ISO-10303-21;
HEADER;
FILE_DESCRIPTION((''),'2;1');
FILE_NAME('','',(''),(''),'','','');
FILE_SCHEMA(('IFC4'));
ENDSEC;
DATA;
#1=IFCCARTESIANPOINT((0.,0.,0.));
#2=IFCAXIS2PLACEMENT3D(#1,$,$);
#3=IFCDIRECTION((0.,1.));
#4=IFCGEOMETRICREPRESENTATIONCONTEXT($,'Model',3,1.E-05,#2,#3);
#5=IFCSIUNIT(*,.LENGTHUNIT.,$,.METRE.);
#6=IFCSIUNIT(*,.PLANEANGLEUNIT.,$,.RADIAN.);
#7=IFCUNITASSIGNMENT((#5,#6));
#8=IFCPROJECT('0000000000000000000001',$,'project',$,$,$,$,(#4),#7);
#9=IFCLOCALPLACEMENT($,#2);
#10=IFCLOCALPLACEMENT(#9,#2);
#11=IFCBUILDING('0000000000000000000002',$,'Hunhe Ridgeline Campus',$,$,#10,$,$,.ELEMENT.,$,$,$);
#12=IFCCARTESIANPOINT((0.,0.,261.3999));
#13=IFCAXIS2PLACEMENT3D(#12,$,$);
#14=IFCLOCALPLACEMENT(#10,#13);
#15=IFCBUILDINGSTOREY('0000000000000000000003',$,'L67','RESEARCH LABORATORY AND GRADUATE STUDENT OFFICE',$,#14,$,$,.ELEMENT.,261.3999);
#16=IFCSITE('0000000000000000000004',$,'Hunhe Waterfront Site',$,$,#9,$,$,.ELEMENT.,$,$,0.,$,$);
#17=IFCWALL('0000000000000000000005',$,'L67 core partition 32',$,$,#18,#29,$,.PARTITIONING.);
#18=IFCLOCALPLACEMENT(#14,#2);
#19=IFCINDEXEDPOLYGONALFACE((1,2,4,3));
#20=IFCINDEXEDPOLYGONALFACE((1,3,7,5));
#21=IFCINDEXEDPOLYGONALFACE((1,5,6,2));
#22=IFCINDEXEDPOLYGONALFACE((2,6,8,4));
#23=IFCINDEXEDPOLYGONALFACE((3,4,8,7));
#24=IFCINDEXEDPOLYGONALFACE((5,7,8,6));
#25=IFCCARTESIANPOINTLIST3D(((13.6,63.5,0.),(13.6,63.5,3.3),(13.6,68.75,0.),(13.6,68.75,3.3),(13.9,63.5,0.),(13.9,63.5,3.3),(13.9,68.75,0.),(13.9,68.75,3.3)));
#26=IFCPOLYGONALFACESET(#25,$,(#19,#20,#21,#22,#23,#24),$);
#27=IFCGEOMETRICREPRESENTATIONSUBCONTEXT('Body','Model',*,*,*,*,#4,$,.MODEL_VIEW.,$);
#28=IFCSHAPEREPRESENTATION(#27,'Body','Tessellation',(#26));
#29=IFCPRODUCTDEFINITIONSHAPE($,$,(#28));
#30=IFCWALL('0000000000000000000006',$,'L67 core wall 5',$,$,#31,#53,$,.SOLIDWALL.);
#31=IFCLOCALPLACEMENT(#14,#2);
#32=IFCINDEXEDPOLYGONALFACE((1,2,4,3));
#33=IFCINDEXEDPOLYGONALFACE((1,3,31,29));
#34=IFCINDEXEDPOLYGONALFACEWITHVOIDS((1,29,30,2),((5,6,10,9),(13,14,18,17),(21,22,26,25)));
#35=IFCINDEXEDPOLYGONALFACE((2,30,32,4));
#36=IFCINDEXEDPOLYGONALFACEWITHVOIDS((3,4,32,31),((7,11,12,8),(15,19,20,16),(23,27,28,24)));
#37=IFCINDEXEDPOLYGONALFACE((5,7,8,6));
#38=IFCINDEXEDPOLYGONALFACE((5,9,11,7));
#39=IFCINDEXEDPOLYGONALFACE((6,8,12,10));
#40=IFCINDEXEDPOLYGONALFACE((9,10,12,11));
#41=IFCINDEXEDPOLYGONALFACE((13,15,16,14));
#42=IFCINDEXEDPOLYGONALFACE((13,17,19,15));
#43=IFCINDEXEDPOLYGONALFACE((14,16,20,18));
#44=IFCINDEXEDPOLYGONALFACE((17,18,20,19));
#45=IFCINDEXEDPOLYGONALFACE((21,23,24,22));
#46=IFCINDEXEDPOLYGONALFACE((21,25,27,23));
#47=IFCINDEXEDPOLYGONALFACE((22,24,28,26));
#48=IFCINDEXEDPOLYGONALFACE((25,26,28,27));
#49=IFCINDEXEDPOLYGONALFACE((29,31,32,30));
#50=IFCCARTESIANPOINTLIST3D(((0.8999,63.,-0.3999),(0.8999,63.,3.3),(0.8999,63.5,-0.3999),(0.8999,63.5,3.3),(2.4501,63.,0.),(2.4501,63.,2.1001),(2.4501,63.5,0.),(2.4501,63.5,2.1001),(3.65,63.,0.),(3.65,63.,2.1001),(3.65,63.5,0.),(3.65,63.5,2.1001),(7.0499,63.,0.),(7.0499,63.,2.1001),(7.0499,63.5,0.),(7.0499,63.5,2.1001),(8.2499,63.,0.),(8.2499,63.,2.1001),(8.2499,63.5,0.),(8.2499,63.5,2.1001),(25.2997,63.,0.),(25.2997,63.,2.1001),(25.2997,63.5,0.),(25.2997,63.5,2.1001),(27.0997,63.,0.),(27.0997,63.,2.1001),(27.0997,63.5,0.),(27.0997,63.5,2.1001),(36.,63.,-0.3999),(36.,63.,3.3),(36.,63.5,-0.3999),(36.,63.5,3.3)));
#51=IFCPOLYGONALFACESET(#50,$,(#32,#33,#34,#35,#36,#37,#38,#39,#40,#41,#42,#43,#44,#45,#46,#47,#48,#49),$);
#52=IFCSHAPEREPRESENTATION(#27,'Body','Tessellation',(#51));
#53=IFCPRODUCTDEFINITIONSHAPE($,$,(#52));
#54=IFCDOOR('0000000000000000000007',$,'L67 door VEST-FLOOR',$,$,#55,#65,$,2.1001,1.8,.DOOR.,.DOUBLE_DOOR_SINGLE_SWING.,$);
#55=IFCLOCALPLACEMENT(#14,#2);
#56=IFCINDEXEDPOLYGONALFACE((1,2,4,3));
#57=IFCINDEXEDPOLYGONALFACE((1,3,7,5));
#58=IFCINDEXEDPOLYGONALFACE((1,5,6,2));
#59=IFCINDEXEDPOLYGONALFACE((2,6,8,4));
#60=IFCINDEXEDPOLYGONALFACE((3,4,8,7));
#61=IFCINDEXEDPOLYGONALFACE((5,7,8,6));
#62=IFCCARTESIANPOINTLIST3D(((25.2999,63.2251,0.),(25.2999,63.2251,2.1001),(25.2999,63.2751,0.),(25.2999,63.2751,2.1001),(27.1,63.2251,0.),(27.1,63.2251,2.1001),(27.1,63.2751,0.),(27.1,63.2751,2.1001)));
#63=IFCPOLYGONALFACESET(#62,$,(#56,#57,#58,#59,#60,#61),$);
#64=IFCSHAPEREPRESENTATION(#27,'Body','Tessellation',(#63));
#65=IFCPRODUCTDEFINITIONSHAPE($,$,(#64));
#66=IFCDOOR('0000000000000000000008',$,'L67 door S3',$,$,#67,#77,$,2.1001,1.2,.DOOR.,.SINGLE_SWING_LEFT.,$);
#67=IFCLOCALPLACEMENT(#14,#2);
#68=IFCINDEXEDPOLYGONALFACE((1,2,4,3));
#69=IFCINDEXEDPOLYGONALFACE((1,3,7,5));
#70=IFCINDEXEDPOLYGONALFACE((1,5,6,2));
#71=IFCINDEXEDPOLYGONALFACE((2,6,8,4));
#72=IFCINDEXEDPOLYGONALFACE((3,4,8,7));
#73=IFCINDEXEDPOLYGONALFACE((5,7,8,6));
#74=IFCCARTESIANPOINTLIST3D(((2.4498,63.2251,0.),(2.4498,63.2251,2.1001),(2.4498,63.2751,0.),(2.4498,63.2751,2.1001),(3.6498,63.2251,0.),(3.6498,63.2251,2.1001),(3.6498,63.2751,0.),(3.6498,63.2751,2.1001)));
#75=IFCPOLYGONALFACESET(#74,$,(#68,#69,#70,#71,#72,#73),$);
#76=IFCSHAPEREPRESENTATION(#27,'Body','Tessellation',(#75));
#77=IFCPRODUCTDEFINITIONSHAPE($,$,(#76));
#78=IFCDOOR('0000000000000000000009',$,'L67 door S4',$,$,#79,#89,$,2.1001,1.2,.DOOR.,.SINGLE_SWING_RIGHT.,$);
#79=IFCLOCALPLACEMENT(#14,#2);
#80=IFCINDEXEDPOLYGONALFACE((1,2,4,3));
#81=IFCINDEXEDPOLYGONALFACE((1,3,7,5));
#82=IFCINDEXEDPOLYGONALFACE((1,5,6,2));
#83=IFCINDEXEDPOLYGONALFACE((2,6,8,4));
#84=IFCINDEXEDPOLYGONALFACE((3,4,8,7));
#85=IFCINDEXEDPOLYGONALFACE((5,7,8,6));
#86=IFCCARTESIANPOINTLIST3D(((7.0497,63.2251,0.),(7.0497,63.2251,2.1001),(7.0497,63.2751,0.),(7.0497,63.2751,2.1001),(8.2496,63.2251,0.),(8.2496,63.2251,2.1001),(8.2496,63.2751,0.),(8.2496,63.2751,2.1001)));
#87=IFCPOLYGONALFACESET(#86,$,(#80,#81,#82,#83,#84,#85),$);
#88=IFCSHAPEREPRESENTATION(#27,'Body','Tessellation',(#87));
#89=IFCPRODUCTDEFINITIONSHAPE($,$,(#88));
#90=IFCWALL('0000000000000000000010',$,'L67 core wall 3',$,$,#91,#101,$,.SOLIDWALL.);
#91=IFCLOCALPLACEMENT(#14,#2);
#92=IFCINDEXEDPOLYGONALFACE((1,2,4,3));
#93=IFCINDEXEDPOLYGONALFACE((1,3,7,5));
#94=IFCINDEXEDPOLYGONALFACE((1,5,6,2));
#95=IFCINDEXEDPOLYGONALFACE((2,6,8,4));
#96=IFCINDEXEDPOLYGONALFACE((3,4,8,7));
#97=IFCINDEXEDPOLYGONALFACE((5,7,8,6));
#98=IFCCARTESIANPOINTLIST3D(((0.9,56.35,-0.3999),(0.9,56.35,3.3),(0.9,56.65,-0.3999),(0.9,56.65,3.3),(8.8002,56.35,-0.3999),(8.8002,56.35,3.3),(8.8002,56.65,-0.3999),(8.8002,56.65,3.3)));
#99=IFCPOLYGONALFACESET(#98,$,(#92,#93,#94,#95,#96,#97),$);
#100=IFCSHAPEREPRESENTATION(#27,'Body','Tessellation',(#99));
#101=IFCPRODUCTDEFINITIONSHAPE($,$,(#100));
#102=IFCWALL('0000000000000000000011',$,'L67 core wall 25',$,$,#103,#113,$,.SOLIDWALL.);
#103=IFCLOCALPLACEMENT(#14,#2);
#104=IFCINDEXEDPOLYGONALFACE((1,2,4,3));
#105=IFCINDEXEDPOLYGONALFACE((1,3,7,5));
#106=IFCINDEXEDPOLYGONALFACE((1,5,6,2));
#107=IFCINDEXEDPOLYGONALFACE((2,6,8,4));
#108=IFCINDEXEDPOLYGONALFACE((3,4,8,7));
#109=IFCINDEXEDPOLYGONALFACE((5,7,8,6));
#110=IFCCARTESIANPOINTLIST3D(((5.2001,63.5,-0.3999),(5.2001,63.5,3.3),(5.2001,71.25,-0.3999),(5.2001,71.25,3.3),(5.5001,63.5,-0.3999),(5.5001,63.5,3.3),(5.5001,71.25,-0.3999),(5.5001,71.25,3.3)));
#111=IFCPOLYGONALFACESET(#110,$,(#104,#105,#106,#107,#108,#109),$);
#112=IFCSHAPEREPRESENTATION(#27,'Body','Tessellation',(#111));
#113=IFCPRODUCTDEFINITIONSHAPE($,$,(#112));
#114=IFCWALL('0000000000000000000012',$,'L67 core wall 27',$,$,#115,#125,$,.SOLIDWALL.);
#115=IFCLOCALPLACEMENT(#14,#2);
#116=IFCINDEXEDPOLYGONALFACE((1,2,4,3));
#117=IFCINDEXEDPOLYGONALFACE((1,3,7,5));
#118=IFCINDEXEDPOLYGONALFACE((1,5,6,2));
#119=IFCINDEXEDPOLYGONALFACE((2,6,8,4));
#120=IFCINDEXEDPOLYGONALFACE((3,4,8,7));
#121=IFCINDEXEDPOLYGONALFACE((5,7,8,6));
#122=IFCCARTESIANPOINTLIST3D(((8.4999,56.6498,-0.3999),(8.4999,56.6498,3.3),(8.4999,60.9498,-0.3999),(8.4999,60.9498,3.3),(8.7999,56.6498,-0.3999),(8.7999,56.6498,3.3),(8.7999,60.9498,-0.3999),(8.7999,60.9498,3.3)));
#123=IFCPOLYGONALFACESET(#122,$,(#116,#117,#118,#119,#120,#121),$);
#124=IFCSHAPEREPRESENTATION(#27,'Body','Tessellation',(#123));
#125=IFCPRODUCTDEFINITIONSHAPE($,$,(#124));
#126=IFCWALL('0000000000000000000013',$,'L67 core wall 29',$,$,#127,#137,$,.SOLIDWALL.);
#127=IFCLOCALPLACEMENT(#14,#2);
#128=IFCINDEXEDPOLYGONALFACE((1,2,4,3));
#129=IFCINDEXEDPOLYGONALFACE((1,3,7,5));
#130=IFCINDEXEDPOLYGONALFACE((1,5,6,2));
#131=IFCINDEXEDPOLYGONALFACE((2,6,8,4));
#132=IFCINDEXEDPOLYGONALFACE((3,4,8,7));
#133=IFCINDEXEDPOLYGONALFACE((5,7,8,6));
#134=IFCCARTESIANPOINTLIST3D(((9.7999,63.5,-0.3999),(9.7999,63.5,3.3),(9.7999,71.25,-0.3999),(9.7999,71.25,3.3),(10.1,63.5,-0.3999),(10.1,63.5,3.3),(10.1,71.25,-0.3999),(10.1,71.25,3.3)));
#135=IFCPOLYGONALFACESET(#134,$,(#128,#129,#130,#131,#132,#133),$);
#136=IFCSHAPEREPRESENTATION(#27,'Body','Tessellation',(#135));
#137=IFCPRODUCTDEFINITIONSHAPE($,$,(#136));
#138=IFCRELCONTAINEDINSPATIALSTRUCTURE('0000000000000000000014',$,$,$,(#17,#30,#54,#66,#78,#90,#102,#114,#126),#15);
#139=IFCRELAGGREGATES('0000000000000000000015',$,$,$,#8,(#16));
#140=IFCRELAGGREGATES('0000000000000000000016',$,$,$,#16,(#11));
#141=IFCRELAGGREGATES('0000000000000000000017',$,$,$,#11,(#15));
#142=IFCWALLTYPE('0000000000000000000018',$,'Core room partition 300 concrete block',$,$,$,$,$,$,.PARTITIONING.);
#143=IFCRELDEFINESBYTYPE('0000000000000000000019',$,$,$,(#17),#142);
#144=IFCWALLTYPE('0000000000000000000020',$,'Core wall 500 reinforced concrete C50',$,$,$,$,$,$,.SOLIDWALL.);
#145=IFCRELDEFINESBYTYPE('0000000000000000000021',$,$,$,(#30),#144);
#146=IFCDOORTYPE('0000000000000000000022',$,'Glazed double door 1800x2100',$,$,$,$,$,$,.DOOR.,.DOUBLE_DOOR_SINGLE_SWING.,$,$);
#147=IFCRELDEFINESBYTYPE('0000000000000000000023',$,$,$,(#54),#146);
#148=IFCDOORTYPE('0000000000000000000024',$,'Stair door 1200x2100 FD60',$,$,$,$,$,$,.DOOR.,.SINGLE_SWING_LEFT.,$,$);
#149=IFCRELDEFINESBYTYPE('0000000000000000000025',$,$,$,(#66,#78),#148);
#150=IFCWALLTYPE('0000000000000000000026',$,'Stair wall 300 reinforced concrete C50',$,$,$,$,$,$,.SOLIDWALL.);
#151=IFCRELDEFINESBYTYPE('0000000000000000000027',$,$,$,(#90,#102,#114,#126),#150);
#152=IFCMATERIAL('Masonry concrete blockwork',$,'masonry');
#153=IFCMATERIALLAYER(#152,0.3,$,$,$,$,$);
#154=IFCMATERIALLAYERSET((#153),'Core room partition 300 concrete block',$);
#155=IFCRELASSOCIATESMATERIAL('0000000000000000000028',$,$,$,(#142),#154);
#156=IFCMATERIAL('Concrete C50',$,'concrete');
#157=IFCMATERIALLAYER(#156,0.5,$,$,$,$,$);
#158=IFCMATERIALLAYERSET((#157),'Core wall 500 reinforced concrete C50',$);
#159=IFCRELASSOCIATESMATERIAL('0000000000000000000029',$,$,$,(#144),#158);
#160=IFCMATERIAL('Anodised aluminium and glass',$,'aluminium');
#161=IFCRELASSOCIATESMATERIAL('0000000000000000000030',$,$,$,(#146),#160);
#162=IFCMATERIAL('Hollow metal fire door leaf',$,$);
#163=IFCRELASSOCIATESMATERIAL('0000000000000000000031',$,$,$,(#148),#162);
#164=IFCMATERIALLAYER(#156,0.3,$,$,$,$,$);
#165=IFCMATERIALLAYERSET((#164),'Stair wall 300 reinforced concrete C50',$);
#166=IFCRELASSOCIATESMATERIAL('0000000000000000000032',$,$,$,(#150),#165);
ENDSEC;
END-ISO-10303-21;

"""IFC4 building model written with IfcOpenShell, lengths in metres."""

from ifc_helpers import new_model, si_unit, direction, frame, frame_2d, origin, place, context, subcontext, project, spatial, rectangle, extrude, material, layer, layer_set, type_object, element, fill, save


model = new_model("IFC4")

# Units and contexts
model_context = context("Model", 3, precision=1e-05, world=origin(), true_north=direction((0.0, 1.0)))
body_context = subcontext(model_context, "Body", "Model", "MODEL_VIEW")
ifc_project = project(units=[si_unit("LENGTHUNIT", "METRE"), si_unit("PLANEANGLEUNIT", "RADIAN")], contexts=[model_context])

# Site, building, storey
site_placement = place(None, origin())
site = spatial("IfcSite", under=ifc_project, at=site_placement, Name="Hunhe Waterfront Site", CompositionType="ELEMENT", RefElevation=0.0)
building_placement = place(site_placement, origin())
building = spatial("IfcBuilding", under=site, at=building_placement, Name="Hunhe Ridgeline Campus", CompositionType="ELEMENT")
storey_placement = place(building_placement, frame((0.0, 0.0, 261.3999)))
storey = spatial("IfcBuildingStorey", under=building, at=storey_placement, Name="L67", Description="RESEARCH LABORATORY AND GRADUATE STUDENT OFFICE", CompositionType="ELEMENT", Elevation=261.3999)

# Wall
ifc_material_1 = material(Name="Masonry concrete blockwork", Category="masonry")
ifc_layer_1 = layer(ifc_material_1, 0.3)
ifc_layer_set_1 = layer_set([ifc_layer_1], Name="Core room partition 300 concrete block")
wall_type_1 = type_object("IfcWallType", Name="Core room partition 300 concrete block", PredefinedType="PARTITIONING", material=ifc_layer_set_1)
wall_1_placement = place(storey_placement, frame((13.75, 63.5, 0.0), z_axis=(0.0, 0.0, 1.0), x_axis=(0.0, 1.0, 0.0)))
element("IfcWall", 1, at=wall_1_placement, inside=storey, type_object=wall_type_1, Name="L67 core partition 32", PredefinedType="PARTITIONING", context=body_context, shape_type="SweptSolid", body=[
    extrude(rectangle(XDim=5.25, YDim=0.3, at=frame_2d((2.625, 0.0))), origin(), (0.0, 0.0, 1.0), 3.3),
])

# Wall, openings, doors
ifc_material_2 = material(Name="Concrete C50", Category="concrete")
ifc_layer_2 = layer(ifc_material_2, 0.5)
ifc_layer_set_2 = layer_set([ifc_layer_2], Name="Core wall 500 reinforced concrete C50")
wall_type_2 = type_object("IfcWallType", Name="Core wall 500 reinforced concrete C50", PredefinedType="SOLIDWALL", material=ifc_layer_set_2)
wall_2_placement = place(storey_placement, frame((0.8999, 63.25, -0.3999), z_axis=(0.0, 0.0, 1.0), x_axis=(1.0, 0.0, 0.0)))
wall_2 = element("IfcWall", 2, at=wall_2_placement, inside=storey, type_object=wall_type_2, Name="L67 core wall 5", PredefinedType="SOLIDWALL", context=body_context, shape_type="SweptSolid", body=[
    extrude(rectangle(XDim=35.1001, YDim=0.5, at=frame_2d((17.55, 0.0))), origin(), (0.0, 0.0, 1.0), 3.7),
])
opening_1_placement = place(wall_2_placement, frame((24.3999, 0.0, 0.3999)))
opening_1 = element("IfcOpeningElement", 3, at=opening_1_placement, cuts=wall_2, PredefinedType="OPENING", context=body_context, shape_type="SweptSolid", body=[
    extrude(rectangle(XDim=1.8, YDim=2.1001, at=frame_2d((0.8999, 1.05))), frame((0.0, 0.25, 0.0), z_axis=(0.0, -1.0, 0.0), x_axis=(1.0, 0.0, 0.0)), (0.0, 0.0, 1.0), 0.5),
])
opening_2_placement = place(wall_2_placement, frame((1.55, 0.0, 0.3999)))
opening_2 = element("IfcOpeningElement", 4, at=opening_2_placement, cuts=wall_2, PredefinedType="OPENING", context=body_context, shape_type="SweptSolid", body=[
    extrude(rectangle(XDim=1.2, YDim=2.1001, at=frame_2d((0.6001, 1.05))), frame((0.0, 0.25, 0.0), z_axis=(0.0, -1.0, 0.0), x_axis=(1.0, 0.0, 0.0)), (0.0, 0.0, 1.0), 0.5),
])
opening_3_placement = place(wall_2_placement, frame((6.1499, 0.0, 0.3999)))
opening_3 = element("IfcOpeningElement", 5, at=opening_3_placement, cuts=wall_2, PredefinedType="OPENING", context=body_context, shape_type="SweptSolid", body=[
    extrude(rectangle(XDim=1.2, YDim=2.1001, at=frame_2d((0.6001, 1.05))), frame((0.0, 0.25, 0.0), z_axis=(0.0, -1.0, 0.0), x_axis=(1.0, 0.0, 0.0)), (0.0, 0.0, 1.0), 0.5),
])
ifc_material_3 = material(Name="Anodised aluminium and glass", Category="aluminium")
door_type_1 = type_object("IfcDoorType", Name="Glazed double door 1800x2100", OperationType="DOUBLE_DOOR_SINGLE_SWING", PredefinedType="DOOR", material=ifc_material_3)
door_1_placement = place(opening_1_placement, frame((1.8, 0.0, 0.0), z_axis=(0.0, 0.0, 1.0), x_axis=(-1.0, 0.0, 0.0)))
door_1 = element("IfcDoor", 6, at=door_1_placement, inside=storey, type_object=door_type_1, Name="L67 door VEST-FLOOR", OperationType="DOUBLE_DOOR_SINGLE_SWING", OverallHeight=2.1001, OverallWidth=1.8, PredefinedType="DOOR", context=body_context, shape_type="SweptSolid", body=[
    extrude(rectangle(XDim=1.8, YDim=2.1001, at=frame_2d((0.8999, 1.05))), frame((0.0, 0.0249, 0.0), z_axis=(0.0, -1.0, 0.0), x_axis=(1.0, 0.0, 0.0)), (0.0, 0.0, 1.0), 0.05),
])
fill(opening_1, door_1)
ifc_material_4 = material(Name="Hollow metal fire door leaf")
door_type_2 = type_object("IfcDoorType", Name="Stair door 1200x2100 FD60", OperationType="SINGLE_SWING_LEFT", PredefinedType="DOOR", material=ifc_material_4)
door_2_placement = place(opening_2_placement, frame((1.2, 0.0, 0.0), z_axis=(0.0, 0.0, 1.0), x_axis=(-1.0, 0.0, 0.0)))
door_2 = element("IfcDoor", 7, at=door_2_placement, inside=storey, type_object=door_type_2, Name="L67 door S3", OperationType="SINGLE_SWING_LEFT", OverallHeight=2.1001, OverallWidth=1.2, PredefinedType="DOOR", context=body_context, shape_type="SweptSolid", body=[
    extrude(rectangle(XDim=1.2, YDim=2.1001, at=frame_2d((0.6001, 1.05))), frame((0.0, 0.0249, 0.0), z_axis=(0.0, -1.0, 0.0), x_axis=(1.0, 0.0, 0.0)), (0.0, 0.0, 1.0), 0.05),
])
fill(opening_2, door_2)
door_3_placement = place(opening_3_placement, frame((1.2, 0.0, 0.0), z_axis=(0.0, 0.0, 1.0), x_axis=(-1.0, 0.0, 0.0)))
door_3 = element("IfcDoor", 8, at=door_3_placement, inside=storey, type_object=door_type_2, Name="L67 door S4", OperationType="SINGLE_SWING_RIGHT", OverallHeight=2.1001, OverallWidth=1.2, PredefinedType="DOOR", context=body_context, shape_type="SweptSolid", body=[
    extrude(rectangle(XDim=1.2, YDim=2.1001, at=frame_2d((0.6001, 1.05))), frame((0.0, 0.0249, 0.0), z_axis=(0.0, -1.0, 0.0), x_axis=(1.0, 0.0, 0.0)), (0.0, 0.0, 1.0), 0.05),
])
fill(opening_3, door_3)

# Wall
ifc_layer_3 = layer(ifc_material_2, 0.3)
ifc_layer_set_3 = layer_set([ifc_layer_3], Name="Stair wall 300 reinforced concrete C50")
wall_type_3 = type_object("IfcWallType", Name="Stair wall 300 reinforced concrete C50", PredefinedType="SOLIDWALL", material=ifc_layer_set_3)
wall_3_placement = place(storey_placement, frame((0.8999, 56.5, -0.3999), z_axis=(0.0, 0.0, 1.0), x_axis=(1.0, 0.0, 0.0)))
element("IfcWall", 9, at=wall_3_placement, inside=storey, type_object=wall_type_3, Name="L67 core wall 3", PredefinedType="SOLIDWALL", context=body_context, shape_type="SweptSolid", body=[
    extrude(rectangle(XDim=7.9001, YDim=0.3, at=frame_2d((3.9502, 0.0))), origin(), (0.0, 0.0, 1.0), 3.7),
])

# Walls
wall_4_placement = place(storey_placement, frame((5.3501, 63.5, -0.3999), z_axis=(0.0, 0.0, 1.0), x_axis=(0.0, 1.0, 0.0)))
element("IfcWall", 10, at=wall_4_placement, inside=storey, type_object=wall_type_3, Name="L67 core wall 25", PredefinedType="SOLIDWALL", context=body_context, shape_type="SweptSolid", body=[
    extrude(rectangle(XDim=7.75, YDim=0.3, at=frame_2d((3.875, 0.0))), origin(), (0.0, 0.0, 1.0), 3.7),
])
wall_5_placement = place(storey_placement, frame((8.6499, 56.6499, -0.3999), z_axis=(0.0, 0.0, 1.0), x_axis=(0.0, 1.0, 0.0)))
element("IfcWall", 11, at=wall_5_placement, inside=storey, type_object=wall_type_3, Name="L67 core wall 27", PredefinedType="SOLIDWALL", context=body_context, shape_type="SweptSolid", body=[
    extrude(rectangle(XDim=4.3, YDim=0.3, at=frame_2d((2.1499, 0.0))), origin(), (0.0, 0.0, 1.0), 3.7),
])
wall_6_placement = place(storey_placement, frame((9.95, 63.5, -0.3999), z_axis=(0.0, 0.0, 1.0), x_axis=(0.0, 1.0, 0.0)))
element("IfcWall", 12, at=wall_6_placement, inside=storey, type_object=wall_type_3, Name="L67 core wall 29", PredefinedType="SOLIDWALL", context=body_context, shape_type="SweptSolid", body=[
    extrude(rectangle(XDim=7.75, YDim=0.3, at=frame_2d((3.875, 0.0))), origin(), (0.0, 0.0, 1.0), 3.7),
])

save(model, "model.ifc")
